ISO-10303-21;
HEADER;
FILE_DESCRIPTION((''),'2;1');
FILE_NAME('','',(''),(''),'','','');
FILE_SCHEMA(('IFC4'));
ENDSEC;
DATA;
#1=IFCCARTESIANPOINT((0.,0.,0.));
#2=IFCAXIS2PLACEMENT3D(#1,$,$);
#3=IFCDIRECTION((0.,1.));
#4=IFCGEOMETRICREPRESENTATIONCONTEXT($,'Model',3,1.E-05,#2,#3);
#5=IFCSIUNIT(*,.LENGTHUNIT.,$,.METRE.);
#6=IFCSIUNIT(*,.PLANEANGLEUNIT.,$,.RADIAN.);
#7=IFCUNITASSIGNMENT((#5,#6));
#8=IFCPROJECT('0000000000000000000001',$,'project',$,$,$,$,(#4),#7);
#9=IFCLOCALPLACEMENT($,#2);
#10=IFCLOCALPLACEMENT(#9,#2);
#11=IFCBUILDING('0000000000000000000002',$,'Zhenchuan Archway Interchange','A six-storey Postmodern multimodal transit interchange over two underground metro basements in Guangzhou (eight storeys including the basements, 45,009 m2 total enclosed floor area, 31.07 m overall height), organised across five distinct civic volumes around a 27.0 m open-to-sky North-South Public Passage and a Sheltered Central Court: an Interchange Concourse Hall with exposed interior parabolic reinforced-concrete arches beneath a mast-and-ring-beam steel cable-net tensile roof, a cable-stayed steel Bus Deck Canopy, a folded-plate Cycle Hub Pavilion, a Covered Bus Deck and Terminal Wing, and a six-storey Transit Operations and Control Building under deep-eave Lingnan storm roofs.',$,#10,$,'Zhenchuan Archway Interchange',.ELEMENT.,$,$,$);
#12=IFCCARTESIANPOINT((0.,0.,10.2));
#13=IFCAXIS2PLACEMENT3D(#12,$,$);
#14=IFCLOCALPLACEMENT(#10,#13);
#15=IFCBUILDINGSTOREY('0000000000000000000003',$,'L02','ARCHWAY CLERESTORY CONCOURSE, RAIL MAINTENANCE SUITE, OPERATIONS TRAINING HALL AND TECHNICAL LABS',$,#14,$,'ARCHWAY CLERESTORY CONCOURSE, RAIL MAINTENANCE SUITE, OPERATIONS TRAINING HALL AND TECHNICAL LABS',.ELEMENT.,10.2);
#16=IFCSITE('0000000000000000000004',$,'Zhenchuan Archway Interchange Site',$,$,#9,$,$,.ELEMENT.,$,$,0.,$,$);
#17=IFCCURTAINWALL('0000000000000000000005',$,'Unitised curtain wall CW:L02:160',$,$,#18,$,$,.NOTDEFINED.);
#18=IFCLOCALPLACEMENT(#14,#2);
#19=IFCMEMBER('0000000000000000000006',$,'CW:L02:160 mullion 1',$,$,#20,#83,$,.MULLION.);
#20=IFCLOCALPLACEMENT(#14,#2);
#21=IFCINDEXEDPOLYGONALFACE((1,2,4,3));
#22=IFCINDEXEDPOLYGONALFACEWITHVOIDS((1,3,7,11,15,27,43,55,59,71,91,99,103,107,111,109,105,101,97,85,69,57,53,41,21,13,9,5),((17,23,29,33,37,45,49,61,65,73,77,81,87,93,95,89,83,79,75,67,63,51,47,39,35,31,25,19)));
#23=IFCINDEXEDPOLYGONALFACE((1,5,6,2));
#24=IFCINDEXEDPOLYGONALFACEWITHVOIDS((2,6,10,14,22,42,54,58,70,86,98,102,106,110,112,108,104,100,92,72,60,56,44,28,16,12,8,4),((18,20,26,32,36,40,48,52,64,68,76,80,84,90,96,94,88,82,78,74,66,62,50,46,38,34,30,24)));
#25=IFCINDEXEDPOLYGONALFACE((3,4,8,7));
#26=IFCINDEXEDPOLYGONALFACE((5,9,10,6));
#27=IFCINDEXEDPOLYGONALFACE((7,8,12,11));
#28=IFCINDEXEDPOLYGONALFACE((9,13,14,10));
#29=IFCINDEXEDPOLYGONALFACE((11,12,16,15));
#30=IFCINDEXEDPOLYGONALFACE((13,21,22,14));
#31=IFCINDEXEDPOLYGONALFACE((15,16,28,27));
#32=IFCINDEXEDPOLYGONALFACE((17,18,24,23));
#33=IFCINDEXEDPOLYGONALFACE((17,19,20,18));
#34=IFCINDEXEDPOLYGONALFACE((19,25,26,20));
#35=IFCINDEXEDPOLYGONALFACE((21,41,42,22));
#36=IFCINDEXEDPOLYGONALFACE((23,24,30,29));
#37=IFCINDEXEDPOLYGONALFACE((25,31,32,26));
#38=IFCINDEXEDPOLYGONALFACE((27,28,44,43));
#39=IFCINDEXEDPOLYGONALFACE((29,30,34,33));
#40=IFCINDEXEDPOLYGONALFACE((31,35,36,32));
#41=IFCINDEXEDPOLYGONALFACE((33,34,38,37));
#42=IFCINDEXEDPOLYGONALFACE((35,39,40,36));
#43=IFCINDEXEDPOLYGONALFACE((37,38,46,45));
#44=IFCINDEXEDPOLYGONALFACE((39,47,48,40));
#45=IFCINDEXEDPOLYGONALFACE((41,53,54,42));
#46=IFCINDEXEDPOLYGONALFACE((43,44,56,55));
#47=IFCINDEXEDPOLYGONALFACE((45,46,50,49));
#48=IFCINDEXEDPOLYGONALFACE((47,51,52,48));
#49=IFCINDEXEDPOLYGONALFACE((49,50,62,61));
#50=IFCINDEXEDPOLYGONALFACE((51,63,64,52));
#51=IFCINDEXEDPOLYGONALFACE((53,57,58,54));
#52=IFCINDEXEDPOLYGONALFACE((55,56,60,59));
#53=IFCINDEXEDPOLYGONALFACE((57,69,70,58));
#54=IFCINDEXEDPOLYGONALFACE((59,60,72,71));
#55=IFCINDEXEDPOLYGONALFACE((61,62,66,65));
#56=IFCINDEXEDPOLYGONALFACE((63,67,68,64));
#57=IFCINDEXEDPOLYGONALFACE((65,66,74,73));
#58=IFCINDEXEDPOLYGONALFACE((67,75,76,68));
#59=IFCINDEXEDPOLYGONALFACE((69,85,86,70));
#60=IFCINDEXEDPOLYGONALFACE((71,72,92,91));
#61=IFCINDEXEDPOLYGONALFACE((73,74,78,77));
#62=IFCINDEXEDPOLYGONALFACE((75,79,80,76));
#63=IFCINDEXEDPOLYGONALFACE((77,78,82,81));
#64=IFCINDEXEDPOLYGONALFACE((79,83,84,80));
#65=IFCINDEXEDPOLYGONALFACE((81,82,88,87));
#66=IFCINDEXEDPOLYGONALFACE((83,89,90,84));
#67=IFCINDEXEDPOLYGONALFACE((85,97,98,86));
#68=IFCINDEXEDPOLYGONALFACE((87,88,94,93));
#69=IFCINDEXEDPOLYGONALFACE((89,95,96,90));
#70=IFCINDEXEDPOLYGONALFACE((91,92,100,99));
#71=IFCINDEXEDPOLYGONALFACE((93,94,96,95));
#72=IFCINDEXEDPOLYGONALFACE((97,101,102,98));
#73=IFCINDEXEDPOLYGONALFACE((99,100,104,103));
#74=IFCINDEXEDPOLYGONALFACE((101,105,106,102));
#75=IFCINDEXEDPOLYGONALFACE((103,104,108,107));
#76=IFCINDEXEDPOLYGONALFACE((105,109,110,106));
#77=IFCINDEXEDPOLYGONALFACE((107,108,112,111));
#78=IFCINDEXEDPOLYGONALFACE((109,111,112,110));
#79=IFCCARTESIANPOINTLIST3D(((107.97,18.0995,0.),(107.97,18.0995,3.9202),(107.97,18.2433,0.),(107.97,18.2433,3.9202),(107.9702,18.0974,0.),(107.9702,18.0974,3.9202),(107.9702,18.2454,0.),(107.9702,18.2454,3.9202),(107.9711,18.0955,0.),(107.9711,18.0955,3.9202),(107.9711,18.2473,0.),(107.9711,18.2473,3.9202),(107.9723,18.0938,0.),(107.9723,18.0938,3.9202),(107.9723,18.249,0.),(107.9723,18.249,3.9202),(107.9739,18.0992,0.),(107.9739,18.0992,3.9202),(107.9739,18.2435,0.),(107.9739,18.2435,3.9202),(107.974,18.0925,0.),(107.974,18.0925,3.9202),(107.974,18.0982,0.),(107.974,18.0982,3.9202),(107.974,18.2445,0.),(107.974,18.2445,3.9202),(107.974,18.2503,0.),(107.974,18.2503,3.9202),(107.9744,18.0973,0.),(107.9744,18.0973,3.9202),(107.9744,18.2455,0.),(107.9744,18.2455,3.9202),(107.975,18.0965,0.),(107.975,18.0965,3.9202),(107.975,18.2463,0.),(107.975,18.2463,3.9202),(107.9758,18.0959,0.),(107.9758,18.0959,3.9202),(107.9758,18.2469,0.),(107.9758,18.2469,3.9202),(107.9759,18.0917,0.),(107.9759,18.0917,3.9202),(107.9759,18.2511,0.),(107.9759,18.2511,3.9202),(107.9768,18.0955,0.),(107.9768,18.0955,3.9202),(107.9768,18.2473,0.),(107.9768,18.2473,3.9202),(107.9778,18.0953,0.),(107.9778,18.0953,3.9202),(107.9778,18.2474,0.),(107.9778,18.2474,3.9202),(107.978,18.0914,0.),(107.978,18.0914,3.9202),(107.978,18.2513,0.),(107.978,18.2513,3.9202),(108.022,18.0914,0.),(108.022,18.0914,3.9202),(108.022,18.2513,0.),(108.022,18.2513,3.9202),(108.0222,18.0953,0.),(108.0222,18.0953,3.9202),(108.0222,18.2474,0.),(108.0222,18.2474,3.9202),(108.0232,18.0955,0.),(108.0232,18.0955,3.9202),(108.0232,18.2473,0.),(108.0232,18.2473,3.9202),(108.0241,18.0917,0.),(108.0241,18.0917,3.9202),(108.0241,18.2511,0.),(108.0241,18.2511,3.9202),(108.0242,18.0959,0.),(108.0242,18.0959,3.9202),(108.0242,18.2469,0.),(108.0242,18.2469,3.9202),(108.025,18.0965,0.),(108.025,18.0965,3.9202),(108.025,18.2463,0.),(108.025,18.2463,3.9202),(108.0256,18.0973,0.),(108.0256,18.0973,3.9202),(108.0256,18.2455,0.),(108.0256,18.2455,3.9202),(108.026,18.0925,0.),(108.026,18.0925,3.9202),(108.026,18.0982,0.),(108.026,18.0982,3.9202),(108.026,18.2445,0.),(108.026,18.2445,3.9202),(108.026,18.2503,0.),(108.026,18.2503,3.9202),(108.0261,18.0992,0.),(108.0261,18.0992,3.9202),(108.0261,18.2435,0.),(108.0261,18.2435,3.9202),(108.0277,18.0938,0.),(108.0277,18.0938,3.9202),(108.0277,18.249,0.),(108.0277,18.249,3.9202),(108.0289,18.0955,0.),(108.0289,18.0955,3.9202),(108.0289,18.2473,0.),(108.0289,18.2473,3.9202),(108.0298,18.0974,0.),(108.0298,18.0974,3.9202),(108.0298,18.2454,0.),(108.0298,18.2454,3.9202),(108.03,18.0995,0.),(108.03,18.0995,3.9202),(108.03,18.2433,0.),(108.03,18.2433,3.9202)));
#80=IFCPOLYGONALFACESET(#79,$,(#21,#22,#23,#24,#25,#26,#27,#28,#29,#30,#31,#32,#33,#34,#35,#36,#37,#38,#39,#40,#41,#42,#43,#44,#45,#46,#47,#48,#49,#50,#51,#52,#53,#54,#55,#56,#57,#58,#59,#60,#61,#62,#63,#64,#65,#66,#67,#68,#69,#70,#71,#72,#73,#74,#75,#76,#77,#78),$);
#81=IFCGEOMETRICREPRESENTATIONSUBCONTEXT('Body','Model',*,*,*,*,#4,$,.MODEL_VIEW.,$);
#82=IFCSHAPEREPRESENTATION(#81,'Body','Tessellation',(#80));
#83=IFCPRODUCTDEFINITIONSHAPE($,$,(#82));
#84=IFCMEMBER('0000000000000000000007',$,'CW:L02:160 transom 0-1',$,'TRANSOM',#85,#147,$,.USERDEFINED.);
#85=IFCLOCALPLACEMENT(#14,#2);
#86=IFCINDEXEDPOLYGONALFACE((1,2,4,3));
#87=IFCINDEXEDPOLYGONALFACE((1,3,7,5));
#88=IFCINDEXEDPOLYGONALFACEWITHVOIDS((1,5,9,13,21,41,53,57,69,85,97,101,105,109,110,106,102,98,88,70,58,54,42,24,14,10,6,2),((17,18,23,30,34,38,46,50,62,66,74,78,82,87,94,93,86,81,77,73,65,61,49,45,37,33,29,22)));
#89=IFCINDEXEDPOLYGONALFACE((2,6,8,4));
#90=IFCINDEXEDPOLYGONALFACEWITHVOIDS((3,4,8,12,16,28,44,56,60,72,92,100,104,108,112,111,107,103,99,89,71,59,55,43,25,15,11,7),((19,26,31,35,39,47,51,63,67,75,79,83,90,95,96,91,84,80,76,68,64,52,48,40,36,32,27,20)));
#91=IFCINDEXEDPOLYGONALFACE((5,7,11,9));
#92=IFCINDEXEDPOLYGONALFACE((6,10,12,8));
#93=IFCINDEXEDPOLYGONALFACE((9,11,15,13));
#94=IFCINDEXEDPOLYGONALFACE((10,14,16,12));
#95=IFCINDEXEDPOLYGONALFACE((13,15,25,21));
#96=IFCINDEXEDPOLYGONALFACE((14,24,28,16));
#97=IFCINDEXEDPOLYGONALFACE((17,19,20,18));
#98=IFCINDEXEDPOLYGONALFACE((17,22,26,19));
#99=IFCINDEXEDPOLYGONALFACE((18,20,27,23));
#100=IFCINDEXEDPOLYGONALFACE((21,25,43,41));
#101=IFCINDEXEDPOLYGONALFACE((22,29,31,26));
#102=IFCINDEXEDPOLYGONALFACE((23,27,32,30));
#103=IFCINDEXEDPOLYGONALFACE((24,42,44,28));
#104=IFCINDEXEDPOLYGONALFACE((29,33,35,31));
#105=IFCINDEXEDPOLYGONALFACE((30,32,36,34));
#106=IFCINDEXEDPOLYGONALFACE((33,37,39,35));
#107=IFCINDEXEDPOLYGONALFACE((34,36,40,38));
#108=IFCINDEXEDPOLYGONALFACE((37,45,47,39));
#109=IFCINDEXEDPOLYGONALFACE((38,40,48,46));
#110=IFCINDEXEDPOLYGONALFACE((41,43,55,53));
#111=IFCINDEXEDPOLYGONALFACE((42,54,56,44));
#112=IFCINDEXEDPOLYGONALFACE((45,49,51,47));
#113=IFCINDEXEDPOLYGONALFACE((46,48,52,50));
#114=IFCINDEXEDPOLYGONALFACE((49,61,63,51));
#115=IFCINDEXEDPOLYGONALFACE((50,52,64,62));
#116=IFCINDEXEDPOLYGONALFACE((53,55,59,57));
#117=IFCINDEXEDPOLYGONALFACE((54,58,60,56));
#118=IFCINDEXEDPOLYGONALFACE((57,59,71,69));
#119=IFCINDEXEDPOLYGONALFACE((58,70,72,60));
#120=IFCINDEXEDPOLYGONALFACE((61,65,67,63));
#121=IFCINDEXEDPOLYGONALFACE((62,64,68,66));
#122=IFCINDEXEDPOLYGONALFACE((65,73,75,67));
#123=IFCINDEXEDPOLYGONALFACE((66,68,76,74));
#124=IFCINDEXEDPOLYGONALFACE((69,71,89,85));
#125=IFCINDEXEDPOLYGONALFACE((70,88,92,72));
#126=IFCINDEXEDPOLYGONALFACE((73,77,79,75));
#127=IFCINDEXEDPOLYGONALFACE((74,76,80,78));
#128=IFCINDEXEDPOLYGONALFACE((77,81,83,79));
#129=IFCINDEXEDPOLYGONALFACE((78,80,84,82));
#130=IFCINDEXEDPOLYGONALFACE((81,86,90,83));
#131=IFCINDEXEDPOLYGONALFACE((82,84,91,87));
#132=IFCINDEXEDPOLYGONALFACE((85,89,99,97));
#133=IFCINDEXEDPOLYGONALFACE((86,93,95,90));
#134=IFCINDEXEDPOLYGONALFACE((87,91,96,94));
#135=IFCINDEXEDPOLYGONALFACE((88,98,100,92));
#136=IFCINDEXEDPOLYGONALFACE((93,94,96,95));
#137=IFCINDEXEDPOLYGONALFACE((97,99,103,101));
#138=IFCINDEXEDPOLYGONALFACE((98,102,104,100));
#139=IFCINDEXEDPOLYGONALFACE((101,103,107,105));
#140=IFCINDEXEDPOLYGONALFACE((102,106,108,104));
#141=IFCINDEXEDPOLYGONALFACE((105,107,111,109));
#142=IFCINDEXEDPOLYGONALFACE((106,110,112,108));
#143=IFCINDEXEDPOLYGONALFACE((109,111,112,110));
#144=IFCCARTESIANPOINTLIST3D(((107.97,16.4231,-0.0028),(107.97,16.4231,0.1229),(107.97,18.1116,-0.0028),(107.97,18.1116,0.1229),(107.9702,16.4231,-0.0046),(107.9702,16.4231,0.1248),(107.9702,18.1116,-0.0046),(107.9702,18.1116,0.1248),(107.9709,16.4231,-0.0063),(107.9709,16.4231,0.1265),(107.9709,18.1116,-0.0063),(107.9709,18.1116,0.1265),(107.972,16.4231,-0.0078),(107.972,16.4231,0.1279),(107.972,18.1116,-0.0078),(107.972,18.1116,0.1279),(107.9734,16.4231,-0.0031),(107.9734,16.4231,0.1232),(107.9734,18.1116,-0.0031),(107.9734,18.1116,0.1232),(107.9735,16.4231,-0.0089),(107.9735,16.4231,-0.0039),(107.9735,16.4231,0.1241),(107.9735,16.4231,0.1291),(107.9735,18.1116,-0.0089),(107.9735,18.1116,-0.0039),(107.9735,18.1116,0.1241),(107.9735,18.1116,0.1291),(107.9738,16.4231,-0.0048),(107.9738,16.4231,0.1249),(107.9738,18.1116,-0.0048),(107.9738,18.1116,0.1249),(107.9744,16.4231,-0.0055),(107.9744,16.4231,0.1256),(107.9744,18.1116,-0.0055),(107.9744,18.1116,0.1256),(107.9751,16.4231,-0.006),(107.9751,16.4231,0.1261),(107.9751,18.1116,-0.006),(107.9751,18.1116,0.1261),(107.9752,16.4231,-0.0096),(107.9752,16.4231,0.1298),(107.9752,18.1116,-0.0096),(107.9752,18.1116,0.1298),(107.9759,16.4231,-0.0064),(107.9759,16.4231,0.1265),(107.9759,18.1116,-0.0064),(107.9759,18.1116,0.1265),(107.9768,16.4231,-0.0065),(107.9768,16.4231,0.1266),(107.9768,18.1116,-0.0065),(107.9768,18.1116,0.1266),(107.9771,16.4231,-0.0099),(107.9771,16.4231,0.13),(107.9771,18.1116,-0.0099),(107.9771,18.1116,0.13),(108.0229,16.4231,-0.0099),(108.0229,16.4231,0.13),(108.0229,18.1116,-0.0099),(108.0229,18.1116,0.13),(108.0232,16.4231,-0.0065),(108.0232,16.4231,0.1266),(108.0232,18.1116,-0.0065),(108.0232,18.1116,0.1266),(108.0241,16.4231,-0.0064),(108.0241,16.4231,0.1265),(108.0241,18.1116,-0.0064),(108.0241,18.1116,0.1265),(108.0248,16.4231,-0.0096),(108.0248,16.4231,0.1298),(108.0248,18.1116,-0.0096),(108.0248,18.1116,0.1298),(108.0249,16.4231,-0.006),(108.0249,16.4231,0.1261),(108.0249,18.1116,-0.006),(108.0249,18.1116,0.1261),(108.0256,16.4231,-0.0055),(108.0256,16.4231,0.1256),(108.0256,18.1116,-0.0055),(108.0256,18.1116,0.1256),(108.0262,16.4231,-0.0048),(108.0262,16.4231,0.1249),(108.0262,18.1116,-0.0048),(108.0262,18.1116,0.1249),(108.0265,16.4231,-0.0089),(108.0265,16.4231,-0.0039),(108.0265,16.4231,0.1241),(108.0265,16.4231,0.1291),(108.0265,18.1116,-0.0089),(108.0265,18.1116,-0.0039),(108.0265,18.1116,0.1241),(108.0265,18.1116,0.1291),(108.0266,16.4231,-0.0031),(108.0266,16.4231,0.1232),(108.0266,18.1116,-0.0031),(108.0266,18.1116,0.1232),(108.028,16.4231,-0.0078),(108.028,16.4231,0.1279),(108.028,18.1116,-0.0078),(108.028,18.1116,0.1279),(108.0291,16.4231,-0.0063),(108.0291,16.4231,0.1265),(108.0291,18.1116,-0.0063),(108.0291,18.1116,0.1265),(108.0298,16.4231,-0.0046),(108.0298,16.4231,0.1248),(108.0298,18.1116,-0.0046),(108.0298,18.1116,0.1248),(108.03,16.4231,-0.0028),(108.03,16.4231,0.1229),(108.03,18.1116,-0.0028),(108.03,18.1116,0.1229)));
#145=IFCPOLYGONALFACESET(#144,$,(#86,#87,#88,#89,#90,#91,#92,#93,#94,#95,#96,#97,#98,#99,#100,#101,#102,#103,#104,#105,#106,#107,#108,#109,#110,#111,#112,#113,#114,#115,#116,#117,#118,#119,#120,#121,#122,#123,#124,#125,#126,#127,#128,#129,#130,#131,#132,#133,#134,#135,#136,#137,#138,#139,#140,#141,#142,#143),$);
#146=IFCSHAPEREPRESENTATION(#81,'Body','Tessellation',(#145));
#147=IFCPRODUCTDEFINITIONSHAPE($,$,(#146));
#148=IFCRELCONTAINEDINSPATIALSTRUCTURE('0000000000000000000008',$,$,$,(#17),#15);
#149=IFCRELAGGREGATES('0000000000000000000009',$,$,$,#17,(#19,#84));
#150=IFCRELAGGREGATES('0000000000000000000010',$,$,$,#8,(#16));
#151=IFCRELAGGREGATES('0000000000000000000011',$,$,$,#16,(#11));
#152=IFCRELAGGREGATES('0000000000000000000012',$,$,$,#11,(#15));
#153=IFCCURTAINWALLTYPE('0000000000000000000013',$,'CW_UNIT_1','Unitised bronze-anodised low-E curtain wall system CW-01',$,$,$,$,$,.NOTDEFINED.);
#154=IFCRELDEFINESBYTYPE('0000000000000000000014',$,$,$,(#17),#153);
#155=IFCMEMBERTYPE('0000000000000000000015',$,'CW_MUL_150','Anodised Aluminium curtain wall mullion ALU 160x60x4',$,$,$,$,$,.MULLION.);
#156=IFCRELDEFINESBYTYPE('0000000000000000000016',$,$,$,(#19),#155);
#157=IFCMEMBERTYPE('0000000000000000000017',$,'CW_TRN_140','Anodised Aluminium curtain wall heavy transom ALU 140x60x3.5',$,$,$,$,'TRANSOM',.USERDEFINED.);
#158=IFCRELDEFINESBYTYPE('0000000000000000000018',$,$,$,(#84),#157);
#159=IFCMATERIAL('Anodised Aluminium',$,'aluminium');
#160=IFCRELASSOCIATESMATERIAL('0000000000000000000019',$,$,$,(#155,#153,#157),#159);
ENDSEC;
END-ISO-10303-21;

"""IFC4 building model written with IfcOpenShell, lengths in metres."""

from ifc_helpers import new_model, si_unit, direction, frame, origin, origin_2d, place, context, subcontext, project, spatial, hollow_rectangle, extrude, material, material_profile, profile_set, type_object, element, aggregate, save


model = new_model("IFC4")

# Units and contexts
model_context = context("Model", 3, precision=1e-05, world=origin(), true_north=direction((0.0, 1.0)))
body_context = subcontext(model_context, "Body", "Model", "MODEL_VIEW")
ifc_project = project(units=[si_unit("LENGTHUNIT", "METRE"), si_unit("PLANEANGLEUNIT", "RADIAN")], contexts=[model_context])

# Site, building, storey
site_placement = place(None, origin())
site = spatial("IfcSite", under=ifc_project, at=site_placement, Name="Zhenchuan Archway Interchange Site", CompositionType="ELEMENT", RefElevation=0.0)
building_placement = place(site_placement, origin())
building = spatial("IfcBuilding", under=site, at=building_placement, Name="Zhenchuan Archway Interchange", Description="A six-storey Postmodern multimodal transit interchange over two underground metro basements in Guangzhou (eight storeys including the basements, 45,009 m2 total enclosed floor area, 31.07 m overall height), organised across five distinct civic volumes around a 27.0 m open-to-sky North-South Public Passage and a Sheltered Central Court: an Interchange Concourse Hall with exposed interior parabolic reinforced-concrete arches beneath a mast-and-ring-beam steel cable-net tensile roof, a cable-stayed steel Bus Deck Canopy, a folded-plate Cycle Hub Pavilion, a Covered Bus Deck and Terminal Wing, and a six-storey Transit Operations and Control Building under deep-eave Lingnan storm roofs.", LongName="Zhenchuan Archway Interchange", CompositionType="ELEMENT")
storey_placement = place(building_placement, frame((0.0, 0.0, 10.2)))
storey = spatial("IfcBuildingStorey", under=building, at=storey_placement, Name="L02", Description="ARCHWAY CLERESTORY CONCOURSE, RAIL MAINTENANCE SUITE, OPERATIONS TRAINING HALL AND TECHNICAL LABS", LongName="ARCHWAY CLERESTORY CONCOURSE, RAIL MAINTENANCE SUITE, OPERATIONS TRAINING HALL AND TECHNICAL LABS", CompositionType="ELEMENT", Elevation=10.2)

# Shared definitions
ifc_material_1 = material(Name="Anodised Aluminium", Category="aluminium")
ifc_material_profile_1 = material_profile(ifc_material_1, hollow_rectangle(XDim=0.0601, YDim=0.1599, WallThickness=0.0039, InnerFilletRadius=0.0039, OuterFilletRadius=0.0081, at=origin_2d()), Name="ALU 160x60x4")
ifc_profile_set_1 = profile_set([ifc_material_profile_1], Name="Anodised Aluminium")
member_type_1 = type_object("IfcMemberType", Name="CW_MUL_150", Description="Anodised Aluminium curtain wall mullion ALU 160x60x4", PredefinedType="MULLION", material=ifc_profile_set_1)

# Curtain wall, members
curtain_wall_type_1 = type_object("IfcCurtainWallType", Name="CW_UNIT_1", Description="Unitised bronze-anodised low-E curtain wall system CW-01", PredefinedType="NOTDEFINED", material=ifc_material_1)
curtain_wall_1_placement = place(storey_placement, origin())
curtain_wall_1 = element("IfcCurtainWall", 1, at=curtain_wall_1_placement, inside=storey, type_object=curtain_wall_type_1, Name="Unitised curtain wall CW:L02:160", PredefinedType="NOTDEFINED")
member_1_placement = place(storey_placement, frame((108.0, 18.1714, 0.0), z_axis=(0.0, 0.0, 1.0), x_axis=(1.0, 0.0, 0.0)))
member_1 = element("IfcMember", 2, at=member_1_placement, type_object=member_type_1, Name="CW:L02:160 mullion 1", PredefinedType="MULLION", context=body_context, shape_type="SweptSolid", body=[
    extrude(hollow_rectangle(XDim=0.0601, YDim=0.1599, WallThickness=0.0039, InnerFilletRadius=0.0039, OuterFilletRadius=0.0081, at=origin_2d()), origin(), (0.0, 0.0, 1.0), 3.9202),
])
ifc_material_profile_2 = material_profile(ifc_material_1, hollow_rectangle(XDim=0.0601, YDim=0.1399, WallThickness=0.0034, InnerFilletRadius=0.0034, OuterFilletRadius=0.0071, at=origin_2d()), Name="ALU 140x60x3.5")
ifc_profile_set_2 = profile_set([ifc_material_profile_2], Name="Anodised Aluminium")
member_type_2 = type_object("IfcMemberType", Name="CW_TRN_140", Description="Anodised Aluminium curtain wall heavy transom ALU 140x60x3.5", ElementType="TRANSOM", PredefinedType="USERDEFINED", material=ifc_profile_set_2)
member_2_placement = place(storey_placement, frame((108.0, 16.4231, 0.0601), z_axis=(0.0, 1.0, 0.0), x_axis=(-1.0, 0.0, 0.0)))
member_2 = element("IfcMember", 3, at=member_2_placement, type_object=member_type_2, Name="CW:L02:160 transom 0-1", ObjectType="TRANSOM", PredefinedType="USERDEFINED", context=body_context, shape_type="SweptSolid", body=[
    extrude(hollow_rectangle(XDim=0.0601, YDim=0.1399, WallThickness=0.0034, InnerFilletRadius=0.0034, OuterFilletRadius=0.0071, at=origin_2d()), origin(), (0.0, 0.0, 1.0), 1.6885),
])

aggregate(curtain_wall_1, [member_1, member_2])

save(model, "model.ifc")
